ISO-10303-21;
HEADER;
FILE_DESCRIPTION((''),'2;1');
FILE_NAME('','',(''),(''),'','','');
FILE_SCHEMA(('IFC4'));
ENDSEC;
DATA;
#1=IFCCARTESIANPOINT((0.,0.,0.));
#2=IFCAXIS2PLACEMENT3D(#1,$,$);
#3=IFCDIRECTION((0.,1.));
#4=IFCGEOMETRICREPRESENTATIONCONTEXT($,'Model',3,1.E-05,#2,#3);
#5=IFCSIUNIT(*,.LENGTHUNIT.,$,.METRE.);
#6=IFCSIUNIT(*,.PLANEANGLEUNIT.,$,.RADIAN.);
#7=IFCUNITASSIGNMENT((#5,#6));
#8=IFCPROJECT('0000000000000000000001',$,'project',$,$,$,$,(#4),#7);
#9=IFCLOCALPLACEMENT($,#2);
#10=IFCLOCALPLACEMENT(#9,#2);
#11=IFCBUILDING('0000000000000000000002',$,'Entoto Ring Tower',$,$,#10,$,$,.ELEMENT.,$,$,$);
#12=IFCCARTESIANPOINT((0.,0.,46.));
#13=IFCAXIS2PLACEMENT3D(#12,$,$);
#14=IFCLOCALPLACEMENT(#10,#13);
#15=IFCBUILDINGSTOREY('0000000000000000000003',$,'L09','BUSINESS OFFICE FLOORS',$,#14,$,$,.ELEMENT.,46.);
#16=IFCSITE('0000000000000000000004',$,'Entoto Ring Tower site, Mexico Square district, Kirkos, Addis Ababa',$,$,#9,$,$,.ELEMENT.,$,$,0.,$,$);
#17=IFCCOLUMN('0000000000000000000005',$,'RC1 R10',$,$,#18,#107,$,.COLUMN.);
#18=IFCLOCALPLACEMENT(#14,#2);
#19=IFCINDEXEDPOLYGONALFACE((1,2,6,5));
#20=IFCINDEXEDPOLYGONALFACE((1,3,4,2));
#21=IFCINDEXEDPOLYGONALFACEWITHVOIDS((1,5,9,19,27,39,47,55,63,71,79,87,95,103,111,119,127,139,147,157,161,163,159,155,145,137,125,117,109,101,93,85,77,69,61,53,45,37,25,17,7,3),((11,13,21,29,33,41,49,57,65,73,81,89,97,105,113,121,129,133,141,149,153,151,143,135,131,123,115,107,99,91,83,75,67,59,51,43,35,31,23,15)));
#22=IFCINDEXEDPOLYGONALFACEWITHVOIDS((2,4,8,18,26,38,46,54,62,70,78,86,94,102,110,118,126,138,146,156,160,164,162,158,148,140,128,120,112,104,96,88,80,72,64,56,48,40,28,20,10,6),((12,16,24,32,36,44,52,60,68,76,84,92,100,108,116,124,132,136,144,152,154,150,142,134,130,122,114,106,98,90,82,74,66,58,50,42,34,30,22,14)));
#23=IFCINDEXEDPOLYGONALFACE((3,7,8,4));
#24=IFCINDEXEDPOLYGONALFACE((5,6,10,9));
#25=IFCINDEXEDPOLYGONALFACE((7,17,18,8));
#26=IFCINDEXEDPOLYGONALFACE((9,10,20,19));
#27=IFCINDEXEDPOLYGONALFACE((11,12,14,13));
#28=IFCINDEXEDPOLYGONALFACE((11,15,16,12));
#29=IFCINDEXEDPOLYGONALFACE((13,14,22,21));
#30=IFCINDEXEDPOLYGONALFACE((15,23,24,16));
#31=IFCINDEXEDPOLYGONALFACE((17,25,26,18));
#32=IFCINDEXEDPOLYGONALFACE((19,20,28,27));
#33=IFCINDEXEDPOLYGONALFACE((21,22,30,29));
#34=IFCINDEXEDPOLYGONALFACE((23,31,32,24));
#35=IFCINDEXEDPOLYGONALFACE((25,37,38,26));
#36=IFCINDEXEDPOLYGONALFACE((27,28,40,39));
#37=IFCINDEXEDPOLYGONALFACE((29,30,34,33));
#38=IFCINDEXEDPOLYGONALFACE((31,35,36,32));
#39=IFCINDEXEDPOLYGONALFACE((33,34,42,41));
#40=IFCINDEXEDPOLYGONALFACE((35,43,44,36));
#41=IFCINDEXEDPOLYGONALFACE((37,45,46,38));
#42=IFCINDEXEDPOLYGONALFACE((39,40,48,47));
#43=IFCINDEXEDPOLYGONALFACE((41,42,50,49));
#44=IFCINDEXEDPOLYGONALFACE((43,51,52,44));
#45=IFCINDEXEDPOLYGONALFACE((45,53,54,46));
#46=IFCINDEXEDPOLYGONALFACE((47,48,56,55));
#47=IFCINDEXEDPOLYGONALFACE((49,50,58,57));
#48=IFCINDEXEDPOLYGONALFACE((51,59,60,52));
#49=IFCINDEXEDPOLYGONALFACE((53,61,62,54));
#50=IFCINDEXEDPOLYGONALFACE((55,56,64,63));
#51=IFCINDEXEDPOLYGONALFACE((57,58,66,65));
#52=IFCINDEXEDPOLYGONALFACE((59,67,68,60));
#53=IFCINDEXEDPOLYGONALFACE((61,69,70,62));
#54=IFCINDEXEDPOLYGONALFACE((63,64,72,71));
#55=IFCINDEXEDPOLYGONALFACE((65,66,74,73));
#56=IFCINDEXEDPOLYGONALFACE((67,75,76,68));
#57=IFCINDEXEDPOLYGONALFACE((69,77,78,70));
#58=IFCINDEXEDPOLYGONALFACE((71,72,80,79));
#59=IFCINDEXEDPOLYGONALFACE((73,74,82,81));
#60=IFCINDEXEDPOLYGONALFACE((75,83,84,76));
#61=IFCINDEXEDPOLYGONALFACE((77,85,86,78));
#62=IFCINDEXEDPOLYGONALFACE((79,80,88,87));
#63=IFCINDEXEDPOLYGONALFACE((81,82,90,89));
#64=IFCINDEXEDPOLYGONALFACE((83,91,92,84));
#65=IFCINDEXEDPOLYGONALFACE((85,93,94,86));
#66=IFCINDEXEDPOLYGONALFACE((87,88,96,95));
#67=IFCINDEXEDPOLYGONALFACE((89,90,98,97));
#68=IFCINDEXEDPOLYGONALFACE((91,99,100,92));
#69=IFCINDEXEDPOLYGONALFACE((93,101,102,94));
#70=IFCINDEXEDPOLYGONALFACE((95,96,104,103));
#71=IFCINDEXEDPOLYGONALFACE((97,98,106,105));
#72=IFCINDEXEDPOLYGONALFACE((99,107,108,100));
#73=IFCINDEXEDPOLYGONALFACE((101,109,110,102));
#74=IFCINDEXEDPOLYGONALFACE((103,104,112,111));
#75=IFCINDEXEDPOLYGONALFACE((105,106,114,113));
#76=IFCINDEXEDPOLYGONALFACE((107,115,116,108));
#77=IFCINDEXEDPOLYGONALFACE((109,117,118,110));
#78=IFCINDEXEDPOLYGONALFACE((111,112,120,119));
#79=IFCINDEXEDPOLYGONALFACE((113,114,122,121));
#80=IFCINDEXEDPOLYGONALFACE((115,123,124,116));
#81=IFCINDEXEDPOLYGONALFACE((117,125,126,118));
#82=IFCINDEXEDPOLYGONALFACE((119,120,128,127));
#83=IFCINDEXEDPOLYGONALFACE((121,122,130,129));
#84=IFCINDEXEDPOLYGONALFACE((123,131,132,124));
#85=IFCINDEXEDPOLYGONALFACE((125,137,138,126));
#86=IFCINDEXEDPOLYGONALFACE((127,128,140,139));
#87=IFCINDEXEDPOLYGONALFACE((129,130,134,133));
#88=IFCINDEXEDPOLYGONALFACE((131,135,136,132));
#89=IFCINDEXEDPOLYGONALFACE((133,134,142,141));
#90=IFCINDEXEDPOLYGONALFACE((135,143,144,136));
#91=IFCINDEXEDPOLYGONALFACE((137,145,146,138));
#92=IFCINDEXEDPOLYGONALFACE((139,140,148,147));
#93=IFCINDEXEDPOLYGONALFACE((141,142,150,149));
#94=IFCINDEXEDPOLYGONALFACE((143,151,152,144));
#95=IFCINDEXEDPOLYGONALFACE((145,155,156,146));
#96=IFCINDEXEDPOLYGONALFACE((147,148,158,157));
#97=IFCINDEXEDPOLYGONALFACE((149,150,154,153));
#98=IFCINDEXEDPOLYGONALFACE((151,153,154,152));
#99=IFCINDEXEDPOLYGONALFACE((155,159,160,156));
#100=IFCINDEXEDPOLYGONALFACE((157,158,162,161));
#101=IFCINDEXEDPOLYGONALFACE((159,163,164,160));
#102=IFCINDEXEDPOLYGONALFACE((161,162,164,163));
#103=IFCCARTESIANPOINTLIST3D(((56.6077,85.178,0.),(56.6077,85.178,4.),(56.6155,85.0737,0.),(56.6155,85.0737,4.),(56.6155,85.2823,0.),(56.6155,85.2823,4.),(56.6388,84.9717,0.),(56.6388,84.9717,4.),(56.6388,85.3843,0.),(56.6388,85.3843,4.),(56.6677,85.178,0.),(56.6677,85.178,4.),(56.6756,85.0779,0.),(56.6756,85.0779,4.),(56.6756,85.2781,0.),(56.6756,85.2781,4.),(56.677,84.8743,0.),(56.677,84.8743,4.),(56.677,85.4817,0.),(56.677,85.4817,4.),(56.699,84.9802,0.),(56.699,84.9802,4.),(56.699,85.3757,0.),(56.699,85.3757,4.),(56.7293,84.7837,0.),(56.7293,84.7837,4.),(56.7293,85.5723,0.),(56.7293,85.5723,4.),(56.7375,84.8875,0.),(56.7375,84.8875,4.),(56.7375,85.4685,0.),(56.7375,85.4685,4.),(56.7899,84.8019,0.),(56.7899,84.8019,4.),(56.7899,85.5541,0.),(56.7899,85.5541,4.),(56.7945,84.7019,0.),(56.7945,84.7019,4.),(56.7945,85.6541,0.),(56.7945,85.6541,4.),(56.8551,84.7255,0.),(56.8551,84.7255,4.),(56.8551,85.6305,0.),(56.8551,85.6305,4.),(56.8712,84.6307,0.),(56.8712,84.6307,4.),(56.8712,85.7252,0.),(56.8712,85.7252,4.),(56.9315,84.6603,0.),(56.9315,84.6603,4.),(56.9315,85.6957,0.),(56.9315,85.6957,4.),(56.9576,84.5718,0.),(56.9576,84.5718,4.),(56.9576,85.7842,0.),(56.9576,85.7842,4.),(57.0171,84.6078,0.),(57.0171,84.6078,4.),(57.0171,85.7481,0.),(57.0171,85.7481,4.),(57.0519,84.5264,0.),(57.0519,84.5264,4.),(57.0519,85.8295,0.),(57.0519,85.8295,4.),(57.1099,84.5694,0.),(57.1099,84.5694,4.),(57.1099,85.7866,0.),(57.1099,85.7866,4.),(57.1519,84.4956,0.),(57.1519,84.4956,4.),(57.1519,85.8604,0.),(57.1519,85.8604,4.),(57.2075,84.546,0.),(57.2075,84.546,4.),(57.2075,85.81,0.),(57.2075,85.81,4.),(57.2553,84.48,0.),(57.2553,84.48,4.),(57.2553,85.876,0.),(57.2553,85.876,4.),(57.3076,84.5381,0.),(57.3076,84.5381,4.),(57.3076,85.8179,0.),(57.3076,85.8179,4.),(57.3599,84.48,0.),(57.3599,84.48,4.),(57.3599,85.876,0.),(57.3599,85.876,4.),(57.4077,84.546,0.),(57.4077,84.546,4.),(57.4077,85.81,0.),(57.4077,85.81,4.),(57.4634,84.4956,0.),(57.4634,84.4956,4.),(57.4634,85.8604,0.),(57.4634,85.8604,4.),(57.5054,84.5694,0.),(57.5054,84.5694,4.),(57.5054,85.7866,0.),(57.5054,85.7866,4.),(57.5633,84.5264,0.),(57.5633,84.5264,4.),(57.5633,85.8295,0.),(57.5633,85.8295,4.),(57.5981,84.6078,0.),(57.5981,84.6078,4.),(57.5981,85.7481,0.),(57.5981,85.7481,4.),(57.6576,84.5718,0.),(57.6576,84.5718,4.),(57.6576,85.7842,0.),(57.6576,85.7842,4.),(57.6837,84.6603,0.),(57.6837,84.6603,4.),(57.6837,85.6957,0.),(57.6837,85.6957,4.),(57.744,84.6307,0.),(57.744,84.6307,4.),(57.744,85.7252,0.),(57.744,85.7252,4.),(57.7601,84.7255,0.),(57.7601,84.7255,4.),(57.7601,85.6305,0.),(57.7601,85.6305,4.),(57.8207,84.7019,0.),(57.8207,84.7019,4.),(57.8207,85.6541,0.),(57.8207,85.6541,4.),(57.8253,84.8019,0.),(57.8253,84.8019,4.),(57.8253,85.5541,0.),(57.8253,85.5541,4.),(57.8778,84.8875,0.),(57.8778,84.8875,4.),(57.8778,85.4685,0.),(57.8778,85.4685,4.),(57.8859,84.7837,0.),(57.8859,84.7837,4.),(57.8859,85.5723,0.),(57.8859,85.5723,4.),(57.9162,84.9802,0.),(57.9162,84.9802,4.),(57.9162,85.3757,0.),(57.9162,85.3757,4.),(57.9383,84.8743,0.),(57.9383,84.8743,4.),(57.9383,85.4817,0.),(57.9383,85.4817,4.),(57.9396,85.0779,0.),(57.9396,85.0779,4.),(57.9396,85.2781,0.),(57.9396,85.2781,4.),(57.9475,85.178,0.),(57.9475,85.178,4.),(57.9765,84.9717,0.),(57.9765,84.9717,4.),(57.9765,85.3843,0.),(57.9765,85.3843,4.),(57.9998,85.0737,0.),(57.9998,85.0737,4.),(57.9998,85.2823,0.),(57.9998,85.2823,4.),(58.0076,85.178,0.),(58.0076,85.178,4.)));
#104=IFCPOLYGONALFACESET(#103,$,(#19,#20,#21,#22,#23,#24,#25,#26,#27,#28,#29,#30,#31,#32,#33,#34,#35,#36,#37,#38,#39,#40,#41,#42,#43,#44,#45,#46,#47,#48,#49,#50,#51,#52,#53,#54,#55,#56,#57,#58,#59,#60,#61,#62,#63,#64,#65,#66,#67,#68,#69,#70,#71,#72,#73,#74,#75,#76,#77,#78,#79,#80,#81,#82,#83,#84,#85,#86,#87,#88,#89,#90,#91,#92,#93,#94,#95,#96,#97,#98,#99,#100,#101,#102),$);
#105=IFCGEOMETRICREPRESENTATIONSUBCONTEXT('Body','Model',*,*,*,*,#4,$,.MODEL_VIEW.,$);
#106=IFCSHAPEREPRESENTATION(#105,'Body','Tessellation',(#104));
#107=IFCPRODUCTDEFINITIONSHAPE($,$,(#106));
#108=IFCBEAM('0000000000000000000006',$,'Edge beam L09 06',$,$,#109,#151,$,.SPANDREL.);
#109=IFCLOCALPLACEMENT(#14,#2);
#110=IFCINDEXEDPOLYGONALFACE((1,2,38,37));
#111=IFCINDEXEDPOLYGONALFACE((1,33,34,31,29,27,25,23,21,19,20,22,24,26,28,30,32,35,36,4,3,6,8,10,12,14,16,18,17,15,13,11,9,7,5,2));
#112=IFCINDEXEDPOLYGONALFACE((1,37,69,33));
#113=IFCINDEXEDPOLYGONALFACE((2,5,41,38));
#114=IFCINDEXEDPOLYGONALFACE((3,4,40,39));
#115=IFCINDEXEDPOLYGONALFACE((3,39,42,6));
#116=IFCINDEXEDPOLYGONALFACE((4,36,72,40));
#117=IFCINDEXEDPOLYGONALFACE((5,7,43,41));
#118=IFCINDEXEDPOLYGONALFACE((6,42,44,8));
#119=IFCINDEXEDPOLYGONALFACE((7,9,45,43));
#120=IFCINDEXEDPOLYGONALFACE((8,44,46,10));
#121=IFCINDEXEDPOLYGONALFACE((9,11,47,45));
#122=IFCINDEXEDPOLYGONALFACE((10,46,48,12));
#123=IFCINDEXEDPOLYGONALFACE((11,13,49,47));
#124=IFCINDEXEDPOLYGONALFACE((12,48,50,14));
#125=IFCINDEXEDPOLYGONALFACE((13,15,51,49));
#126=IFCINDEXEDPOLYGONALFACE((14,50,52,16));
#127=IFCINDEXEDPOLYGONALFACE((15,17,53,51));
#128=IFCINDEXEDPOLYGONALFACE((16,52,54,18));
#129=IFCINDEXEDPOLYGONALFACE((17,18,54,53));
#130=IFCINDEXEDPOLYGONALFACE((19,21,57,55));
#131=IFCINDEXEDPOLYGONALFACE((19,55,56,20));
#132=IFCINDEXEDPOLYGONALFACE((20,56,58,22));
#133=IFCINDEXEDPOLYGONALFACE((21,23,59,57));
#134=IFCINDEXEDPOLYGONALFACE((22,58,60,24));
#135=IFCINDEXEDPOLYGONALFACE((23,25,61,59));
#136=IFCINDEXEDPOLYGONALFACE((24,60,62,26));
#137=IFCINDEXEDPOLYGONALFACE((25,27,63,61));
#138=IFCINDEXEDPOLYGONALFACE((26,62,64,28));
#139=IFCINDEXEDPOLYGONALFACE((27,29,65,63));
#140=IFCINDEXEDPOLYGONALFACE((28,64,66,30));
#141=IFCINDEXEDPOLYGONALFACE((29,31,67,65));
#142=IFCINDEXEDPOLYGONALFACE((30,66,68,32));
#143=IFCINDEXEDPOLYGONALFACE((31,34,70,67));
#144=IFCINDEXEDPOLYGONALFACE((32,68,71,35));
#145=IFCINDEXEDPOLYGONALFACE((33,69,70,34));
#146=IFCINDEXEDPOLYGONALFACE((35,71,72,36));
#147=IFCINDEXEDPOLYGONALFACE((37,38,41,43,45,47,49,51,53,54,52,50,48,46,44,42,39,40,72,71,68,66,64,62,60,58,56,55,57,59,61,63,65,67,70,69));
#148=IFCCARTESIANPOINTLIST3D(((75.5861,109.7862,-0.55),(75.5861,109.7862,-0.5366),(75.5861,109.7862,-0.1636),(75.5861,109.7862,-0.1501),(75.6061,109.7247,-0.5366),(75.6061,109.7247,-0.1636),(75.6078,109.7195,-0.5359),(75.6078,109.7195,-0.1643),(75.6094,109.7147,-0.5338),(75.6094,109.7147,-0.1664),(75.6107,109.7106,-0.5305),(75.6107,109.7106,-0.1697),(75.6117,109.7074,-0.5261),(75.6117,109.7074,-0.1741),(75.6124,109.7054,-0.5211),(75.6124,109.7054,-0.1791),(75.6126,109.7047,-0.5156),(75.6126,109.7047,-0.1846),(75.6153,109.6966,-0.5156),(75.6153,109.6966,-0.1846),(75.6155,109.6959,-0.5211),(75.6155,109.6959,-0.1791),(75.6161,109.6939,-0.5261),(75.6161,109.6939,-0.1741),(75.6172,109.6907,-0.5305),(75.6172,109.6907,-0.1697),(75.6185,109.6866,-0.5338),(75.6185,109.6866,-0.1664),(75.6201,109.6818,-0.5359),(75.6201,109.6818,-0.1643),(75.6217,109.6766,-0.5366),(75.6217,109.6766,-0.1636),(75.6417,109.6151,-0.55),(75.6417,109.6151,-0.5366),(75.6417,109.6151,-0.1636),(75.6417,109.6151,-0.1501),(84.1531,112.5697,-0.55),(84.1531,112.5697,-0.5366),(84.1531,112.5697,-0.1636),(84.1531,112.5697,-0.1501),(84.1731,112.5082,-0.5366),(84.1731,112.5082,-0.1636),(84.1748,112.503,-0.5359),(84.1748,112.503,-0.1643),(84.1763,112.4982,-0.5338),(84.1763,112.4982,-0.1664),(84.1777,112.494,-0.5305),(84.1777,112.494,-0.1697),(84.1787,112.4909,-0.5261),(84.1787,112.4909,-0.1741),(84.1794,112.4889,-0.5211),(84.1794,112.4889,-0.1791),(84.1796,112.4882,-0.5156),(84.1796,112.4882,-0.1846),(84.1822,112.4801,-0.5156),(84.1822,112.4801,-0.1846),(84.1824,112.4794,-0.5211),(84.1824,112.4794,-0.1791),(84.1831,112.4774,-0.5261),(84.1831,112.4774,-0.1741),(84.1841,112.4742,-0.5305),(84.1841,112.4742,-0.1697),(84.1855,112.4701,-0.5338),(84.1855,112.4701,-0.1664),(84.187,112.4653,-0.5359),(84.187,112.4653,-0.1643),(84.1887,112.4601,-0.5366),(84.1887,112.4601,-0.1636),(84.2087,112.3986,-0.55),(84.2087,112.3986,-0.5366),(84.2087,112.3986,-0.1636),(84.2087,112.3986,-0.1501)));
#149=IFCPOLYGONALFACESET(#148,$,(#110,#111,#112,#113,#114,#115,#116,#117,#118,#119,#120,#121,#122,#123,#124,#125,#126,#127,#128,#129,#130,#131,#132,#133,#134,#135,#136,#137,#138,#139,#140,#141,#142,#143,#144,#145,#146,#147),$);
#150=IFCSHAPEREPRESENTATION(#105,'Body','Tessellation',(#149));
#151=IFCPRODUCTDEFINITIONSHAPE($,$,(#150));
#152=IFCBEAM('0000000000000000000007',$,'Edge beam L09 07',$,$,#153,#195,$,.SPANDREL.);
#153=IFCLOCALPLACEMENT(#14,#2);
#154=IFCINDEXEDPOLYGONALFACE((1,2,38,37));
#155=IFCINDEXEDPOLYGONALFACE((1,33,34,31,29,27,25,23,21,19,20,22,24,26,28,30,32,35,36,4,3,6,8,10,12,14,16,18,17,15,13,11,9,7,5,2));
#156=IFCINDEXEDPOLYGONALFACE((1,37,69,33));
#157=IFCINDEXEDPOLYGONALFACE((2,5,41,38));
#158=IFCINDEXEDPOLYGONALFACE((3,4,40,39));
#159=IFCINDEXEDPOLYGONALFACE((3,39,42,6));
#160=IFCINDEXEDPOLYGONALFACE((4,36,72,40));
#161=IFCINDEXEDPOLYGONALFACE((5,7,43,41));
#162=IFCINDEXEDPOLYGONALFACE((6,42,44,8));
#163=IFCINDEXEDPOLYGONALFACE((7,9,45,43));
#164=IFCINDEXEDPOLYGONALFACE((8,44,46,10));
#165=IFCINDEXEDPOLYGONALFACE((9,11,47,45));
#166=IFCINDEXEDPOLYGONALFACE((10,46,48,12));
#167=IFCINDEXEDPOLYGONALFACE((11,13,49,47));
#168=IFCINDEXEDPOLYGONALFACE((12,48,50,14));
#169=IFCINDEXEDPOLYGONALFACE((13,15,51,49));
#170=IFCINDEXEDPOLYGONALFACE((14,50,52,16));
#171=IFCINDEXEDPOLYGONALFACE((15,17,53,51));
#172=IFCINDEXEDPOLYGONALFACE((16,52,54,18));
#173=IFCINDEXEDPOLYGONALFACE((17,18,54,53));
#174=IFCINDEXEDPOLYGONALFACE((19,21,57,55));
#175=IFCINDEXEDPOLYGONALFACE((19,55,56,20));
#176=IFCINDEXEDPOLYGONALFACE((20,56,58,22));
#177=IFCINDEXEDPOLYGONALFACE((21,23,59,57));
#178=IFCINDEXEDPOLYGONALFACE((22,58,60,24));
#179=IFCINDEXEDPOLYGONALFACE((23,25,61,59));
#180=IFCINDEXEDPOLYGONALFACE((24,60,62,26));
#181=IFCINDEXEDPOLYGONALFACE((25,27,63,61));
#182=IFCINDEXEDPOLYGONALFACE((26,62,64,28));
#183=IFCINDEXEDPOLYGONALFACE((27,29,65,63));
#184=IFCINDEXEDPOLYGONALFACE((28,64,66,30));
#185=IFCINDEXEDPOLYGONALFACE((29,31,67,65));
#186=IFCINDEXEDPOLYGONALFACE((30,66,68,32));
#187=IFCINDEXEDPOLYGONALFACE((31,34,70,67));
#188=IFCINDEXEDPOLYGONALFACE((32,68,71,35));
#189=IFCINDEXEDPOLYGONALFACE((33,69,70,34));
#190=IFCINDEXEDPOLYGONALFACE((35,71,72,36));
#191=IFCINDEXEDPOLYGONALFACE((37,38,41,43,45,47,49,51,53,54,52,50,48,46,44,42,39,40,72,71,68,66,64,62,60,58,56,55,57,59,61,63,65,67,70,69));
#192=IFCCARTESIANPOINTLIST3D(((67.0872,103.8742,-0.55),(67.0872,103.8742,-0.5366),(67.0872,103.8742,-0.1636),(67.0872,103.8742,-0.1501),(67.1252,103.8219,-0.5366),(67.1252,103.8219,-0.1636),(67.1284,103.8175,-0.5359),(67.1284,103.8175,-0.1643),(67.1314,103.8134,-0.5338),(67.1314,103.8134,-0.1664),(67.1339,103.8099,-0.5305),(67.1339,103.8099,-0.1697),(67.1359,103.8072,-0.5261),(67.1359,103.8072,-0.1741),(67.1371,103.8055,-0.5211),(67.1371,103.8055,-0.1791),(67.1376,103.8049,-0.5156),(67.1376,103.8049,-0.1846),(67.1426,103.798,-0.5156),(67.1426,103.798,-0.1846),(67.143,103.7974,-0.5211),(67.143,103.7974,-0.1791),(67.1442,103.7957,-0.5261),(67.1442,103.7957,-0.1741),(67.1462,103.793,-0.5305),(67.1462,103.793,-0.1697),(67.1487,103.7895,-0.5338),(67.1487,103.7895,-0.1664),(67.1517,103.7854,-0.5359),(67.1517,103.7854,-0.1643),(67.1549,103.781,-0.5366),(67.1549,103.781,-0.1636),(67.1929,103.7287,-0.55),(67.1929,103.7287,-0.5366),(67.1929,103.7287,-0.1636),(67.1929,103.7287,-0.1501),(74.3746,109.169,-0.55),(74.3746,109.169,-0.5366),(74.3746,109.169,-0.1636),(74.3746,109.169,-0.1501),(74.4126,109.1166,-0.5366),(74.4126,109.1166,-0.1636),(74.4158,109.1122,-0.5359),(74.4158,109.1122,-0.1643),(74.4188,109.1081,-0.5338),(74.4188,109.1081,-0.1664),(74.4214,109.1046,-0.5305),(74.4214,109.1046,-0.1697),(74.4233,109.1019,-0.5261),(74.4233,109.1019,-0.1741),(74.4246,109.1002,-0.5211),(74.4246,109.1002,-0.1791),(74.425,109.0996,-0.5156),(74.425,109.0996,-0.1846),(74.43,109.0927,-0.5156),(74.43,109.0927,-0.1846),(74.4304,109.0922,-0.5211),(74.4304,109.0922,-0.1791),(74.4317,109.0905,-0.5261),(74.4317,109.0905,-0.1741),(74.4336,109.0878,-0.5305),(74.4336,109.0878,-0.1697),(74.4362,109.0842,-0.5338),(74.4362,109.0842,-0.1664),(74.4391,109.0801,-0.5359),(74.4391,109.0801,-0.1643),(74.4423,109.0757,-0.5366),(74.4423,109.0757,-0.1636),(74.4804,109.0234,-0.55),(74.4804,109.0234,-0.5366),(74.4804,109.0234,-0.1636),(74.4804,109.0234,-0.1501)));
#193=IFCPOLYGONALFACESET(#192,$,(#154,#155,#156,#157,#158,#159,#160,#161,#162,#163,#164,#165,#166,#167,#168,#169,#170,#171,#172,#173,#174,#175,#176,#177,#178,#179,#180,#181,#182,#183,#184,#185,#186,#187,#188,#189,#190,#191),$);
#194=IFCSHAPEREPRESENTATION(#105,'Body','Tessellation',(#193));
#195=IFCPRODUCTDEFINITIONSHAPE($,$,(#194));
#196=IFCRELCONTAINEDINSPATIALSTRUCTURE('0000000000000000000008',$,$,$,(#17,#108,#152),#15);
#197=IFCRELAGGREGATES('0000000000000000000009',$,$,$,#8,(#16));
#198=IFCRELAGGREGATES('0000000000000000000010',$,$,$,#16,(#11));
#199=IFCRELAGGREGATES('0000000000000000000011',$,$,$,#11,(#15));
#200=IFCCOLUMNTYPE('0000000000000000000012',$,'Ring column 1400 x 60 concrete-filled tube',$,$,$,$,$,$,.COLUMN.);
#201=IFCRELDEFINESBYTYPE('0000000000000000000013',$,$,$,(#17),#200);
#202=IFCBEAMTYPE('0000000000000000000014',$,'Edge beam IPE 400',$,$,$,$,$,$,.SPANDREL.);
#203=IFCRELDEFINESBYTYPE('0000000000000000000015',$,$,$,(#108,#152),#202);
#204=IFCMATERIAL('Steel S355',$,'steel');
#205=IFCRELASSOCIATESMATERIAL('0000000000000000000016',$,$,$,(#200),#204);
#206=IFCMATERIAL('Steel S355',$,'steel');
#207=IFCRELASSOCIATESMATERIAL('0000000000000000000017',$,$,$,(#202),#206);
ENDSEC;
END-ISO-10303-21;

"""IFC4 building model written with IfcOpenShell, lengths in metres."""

from ifc_helpers import new_model, si_unit, direction, frame, origin, origin_2d, place, context, subcontext, project, spatial, circle, hollow_circle, i_section, extrude, material, material_profile, profile_set, type_object, element, save


model = new_model("IFC4")

# Units and contexts
model_context = context("Model", 3, precision=1e-05, world=origin(), true_north=direction((0.0, 1.0)))
body_context = subcontext(model_context, "Body", "Model", "MODEL_VIEW")
ifc_project = project(units=[si_unit("LENGTHUNIT", "METRE"), si_unit("PLANEANGLEUNIT", "RADIAN")], contexts=[model_context])

# Site, building, storey
site_placement = place(None, origin())
site = spatial("IfcSite", under=ifc_project, at=site_placement, Name="Entoto Ring Tower site, Mexico Square district, Kirkos, Addis Ababa", CompositionType="ELEMENT", RefElevation=0.0)
building_placement = place(site_placement, origin())
building = spatial("IfcBuilding", under=site, at=building_placement, Name="Entoto Ring Tower", CompositionType="ELEMENT")
storey_placement = place(building_placement, frame((0.0, 0.0, 46.0)))
storey = spatial("IfcBuildingStorey", under=building, at=storey_placement, Name="L09", Description="BUSINESS OFFICE FLOORS", CompositionType="ELEMENT", Elevation=46.0)

# Column
ifc_material_1 = material(Name="Steel S355", Category="steel")
ifc_material_profile_1 = material_profile(ifc_material_1, hollow_circle(Radius=0.7, WallThickness=0.0601, at=origin_2d()), Name="CHS 1400 x 60")
ifc_material_2 = material(Name="Concrete C60/75", Category="concrete")
ifc_material_profile_2 = material_profile(ifc_material_2, circle(Radius=0.6399, at=origin_2d()), Name="Concrete C60/75 infill")
ifc_profile_set_1 = profile_set([ifc_material_profile_1, ifc_material_profile_2], Name="Steel S355")
column_type = type_object("IfcColumnType", Name="Ring column 1400 x 60 concrete-filled tube", PredefinedType="COLUMN", material=ifc_profile_set_1)
for number, where, z_axis, x_axis, name in (
    (1, (57.3076, 85.178, 0.0), (0.0, 0.0, 1.0), (1.0, 0.0, 0.0), "RC1 R10"),
):
    element("IfcColumn", number, at=place(storey_placement, frame(where, z_axis=z_axis, x_axis=x_axis)), inside=storey, type_object=column_type, Name=name, PredefinedType="COLUMN", context=body_context, shape_type="SweptSolid", body=[
        extrude(hollow_circle(Radius=0.7, WallThickness=0.0601, at=origin_2d()), origin(), (0.0, 0.0, 1.0), 4.0),
    ])

# Beams
ifc_material_3 = material(Name="Steel S355", Category="steel")
ifc_material_profile_3 = material_profile(ifc_material_3, i_section(OverallWidth=0.1799, OverallDepth=0.3999, WebThickness=0.0085, FlangeThickness=0.0134, FilletRadius=0.021, at=origin_2d()), Name="IPE 400")
ifc_profile_set_2 = profile_set([ifc_material_profile_3], Name="Steel S355")
beam_type_1 = type_object("IfcBeamType", Name="Edge beam IPE 400", PredefinedType="SPANDREL", material=ifc_profile_set_2)
for number, where, z_axis, x_axis, name in (
    (2, (84.1809, 112.4841, -0.3501), (-0.95106, -0.309006, 0.0), (0.309006, -0.95106, 0.0), "Edge beam L09 06"),
    (3, (74.4275, 109.0962, -0.3501), (-0.809011, -0.587793, 0.0), (0.587793, -0.809011, 0.0), "Edge beam L09 07"),
):
    element("IfcBeam", number, at=place(storey_placement, frame(where, z_axis=z_axis, x_axis=x_axis)), inside=storey, type_object=beam_type_1, Name=name, PredefinedType="SPANDREL", context=body_context, shape_type="SweptSolid", body=[
        extrude(i_section(OverallWidth=0.1799, OverallDepth=0.3999, WebThickness=0.0085, FlangeThickness=0.0134, FilletRadius=0.021, at=origin_2d()), origin(), (0.0, 0.0, 1.0), 9.0078),
    ])

save(model, "model.ifc")
